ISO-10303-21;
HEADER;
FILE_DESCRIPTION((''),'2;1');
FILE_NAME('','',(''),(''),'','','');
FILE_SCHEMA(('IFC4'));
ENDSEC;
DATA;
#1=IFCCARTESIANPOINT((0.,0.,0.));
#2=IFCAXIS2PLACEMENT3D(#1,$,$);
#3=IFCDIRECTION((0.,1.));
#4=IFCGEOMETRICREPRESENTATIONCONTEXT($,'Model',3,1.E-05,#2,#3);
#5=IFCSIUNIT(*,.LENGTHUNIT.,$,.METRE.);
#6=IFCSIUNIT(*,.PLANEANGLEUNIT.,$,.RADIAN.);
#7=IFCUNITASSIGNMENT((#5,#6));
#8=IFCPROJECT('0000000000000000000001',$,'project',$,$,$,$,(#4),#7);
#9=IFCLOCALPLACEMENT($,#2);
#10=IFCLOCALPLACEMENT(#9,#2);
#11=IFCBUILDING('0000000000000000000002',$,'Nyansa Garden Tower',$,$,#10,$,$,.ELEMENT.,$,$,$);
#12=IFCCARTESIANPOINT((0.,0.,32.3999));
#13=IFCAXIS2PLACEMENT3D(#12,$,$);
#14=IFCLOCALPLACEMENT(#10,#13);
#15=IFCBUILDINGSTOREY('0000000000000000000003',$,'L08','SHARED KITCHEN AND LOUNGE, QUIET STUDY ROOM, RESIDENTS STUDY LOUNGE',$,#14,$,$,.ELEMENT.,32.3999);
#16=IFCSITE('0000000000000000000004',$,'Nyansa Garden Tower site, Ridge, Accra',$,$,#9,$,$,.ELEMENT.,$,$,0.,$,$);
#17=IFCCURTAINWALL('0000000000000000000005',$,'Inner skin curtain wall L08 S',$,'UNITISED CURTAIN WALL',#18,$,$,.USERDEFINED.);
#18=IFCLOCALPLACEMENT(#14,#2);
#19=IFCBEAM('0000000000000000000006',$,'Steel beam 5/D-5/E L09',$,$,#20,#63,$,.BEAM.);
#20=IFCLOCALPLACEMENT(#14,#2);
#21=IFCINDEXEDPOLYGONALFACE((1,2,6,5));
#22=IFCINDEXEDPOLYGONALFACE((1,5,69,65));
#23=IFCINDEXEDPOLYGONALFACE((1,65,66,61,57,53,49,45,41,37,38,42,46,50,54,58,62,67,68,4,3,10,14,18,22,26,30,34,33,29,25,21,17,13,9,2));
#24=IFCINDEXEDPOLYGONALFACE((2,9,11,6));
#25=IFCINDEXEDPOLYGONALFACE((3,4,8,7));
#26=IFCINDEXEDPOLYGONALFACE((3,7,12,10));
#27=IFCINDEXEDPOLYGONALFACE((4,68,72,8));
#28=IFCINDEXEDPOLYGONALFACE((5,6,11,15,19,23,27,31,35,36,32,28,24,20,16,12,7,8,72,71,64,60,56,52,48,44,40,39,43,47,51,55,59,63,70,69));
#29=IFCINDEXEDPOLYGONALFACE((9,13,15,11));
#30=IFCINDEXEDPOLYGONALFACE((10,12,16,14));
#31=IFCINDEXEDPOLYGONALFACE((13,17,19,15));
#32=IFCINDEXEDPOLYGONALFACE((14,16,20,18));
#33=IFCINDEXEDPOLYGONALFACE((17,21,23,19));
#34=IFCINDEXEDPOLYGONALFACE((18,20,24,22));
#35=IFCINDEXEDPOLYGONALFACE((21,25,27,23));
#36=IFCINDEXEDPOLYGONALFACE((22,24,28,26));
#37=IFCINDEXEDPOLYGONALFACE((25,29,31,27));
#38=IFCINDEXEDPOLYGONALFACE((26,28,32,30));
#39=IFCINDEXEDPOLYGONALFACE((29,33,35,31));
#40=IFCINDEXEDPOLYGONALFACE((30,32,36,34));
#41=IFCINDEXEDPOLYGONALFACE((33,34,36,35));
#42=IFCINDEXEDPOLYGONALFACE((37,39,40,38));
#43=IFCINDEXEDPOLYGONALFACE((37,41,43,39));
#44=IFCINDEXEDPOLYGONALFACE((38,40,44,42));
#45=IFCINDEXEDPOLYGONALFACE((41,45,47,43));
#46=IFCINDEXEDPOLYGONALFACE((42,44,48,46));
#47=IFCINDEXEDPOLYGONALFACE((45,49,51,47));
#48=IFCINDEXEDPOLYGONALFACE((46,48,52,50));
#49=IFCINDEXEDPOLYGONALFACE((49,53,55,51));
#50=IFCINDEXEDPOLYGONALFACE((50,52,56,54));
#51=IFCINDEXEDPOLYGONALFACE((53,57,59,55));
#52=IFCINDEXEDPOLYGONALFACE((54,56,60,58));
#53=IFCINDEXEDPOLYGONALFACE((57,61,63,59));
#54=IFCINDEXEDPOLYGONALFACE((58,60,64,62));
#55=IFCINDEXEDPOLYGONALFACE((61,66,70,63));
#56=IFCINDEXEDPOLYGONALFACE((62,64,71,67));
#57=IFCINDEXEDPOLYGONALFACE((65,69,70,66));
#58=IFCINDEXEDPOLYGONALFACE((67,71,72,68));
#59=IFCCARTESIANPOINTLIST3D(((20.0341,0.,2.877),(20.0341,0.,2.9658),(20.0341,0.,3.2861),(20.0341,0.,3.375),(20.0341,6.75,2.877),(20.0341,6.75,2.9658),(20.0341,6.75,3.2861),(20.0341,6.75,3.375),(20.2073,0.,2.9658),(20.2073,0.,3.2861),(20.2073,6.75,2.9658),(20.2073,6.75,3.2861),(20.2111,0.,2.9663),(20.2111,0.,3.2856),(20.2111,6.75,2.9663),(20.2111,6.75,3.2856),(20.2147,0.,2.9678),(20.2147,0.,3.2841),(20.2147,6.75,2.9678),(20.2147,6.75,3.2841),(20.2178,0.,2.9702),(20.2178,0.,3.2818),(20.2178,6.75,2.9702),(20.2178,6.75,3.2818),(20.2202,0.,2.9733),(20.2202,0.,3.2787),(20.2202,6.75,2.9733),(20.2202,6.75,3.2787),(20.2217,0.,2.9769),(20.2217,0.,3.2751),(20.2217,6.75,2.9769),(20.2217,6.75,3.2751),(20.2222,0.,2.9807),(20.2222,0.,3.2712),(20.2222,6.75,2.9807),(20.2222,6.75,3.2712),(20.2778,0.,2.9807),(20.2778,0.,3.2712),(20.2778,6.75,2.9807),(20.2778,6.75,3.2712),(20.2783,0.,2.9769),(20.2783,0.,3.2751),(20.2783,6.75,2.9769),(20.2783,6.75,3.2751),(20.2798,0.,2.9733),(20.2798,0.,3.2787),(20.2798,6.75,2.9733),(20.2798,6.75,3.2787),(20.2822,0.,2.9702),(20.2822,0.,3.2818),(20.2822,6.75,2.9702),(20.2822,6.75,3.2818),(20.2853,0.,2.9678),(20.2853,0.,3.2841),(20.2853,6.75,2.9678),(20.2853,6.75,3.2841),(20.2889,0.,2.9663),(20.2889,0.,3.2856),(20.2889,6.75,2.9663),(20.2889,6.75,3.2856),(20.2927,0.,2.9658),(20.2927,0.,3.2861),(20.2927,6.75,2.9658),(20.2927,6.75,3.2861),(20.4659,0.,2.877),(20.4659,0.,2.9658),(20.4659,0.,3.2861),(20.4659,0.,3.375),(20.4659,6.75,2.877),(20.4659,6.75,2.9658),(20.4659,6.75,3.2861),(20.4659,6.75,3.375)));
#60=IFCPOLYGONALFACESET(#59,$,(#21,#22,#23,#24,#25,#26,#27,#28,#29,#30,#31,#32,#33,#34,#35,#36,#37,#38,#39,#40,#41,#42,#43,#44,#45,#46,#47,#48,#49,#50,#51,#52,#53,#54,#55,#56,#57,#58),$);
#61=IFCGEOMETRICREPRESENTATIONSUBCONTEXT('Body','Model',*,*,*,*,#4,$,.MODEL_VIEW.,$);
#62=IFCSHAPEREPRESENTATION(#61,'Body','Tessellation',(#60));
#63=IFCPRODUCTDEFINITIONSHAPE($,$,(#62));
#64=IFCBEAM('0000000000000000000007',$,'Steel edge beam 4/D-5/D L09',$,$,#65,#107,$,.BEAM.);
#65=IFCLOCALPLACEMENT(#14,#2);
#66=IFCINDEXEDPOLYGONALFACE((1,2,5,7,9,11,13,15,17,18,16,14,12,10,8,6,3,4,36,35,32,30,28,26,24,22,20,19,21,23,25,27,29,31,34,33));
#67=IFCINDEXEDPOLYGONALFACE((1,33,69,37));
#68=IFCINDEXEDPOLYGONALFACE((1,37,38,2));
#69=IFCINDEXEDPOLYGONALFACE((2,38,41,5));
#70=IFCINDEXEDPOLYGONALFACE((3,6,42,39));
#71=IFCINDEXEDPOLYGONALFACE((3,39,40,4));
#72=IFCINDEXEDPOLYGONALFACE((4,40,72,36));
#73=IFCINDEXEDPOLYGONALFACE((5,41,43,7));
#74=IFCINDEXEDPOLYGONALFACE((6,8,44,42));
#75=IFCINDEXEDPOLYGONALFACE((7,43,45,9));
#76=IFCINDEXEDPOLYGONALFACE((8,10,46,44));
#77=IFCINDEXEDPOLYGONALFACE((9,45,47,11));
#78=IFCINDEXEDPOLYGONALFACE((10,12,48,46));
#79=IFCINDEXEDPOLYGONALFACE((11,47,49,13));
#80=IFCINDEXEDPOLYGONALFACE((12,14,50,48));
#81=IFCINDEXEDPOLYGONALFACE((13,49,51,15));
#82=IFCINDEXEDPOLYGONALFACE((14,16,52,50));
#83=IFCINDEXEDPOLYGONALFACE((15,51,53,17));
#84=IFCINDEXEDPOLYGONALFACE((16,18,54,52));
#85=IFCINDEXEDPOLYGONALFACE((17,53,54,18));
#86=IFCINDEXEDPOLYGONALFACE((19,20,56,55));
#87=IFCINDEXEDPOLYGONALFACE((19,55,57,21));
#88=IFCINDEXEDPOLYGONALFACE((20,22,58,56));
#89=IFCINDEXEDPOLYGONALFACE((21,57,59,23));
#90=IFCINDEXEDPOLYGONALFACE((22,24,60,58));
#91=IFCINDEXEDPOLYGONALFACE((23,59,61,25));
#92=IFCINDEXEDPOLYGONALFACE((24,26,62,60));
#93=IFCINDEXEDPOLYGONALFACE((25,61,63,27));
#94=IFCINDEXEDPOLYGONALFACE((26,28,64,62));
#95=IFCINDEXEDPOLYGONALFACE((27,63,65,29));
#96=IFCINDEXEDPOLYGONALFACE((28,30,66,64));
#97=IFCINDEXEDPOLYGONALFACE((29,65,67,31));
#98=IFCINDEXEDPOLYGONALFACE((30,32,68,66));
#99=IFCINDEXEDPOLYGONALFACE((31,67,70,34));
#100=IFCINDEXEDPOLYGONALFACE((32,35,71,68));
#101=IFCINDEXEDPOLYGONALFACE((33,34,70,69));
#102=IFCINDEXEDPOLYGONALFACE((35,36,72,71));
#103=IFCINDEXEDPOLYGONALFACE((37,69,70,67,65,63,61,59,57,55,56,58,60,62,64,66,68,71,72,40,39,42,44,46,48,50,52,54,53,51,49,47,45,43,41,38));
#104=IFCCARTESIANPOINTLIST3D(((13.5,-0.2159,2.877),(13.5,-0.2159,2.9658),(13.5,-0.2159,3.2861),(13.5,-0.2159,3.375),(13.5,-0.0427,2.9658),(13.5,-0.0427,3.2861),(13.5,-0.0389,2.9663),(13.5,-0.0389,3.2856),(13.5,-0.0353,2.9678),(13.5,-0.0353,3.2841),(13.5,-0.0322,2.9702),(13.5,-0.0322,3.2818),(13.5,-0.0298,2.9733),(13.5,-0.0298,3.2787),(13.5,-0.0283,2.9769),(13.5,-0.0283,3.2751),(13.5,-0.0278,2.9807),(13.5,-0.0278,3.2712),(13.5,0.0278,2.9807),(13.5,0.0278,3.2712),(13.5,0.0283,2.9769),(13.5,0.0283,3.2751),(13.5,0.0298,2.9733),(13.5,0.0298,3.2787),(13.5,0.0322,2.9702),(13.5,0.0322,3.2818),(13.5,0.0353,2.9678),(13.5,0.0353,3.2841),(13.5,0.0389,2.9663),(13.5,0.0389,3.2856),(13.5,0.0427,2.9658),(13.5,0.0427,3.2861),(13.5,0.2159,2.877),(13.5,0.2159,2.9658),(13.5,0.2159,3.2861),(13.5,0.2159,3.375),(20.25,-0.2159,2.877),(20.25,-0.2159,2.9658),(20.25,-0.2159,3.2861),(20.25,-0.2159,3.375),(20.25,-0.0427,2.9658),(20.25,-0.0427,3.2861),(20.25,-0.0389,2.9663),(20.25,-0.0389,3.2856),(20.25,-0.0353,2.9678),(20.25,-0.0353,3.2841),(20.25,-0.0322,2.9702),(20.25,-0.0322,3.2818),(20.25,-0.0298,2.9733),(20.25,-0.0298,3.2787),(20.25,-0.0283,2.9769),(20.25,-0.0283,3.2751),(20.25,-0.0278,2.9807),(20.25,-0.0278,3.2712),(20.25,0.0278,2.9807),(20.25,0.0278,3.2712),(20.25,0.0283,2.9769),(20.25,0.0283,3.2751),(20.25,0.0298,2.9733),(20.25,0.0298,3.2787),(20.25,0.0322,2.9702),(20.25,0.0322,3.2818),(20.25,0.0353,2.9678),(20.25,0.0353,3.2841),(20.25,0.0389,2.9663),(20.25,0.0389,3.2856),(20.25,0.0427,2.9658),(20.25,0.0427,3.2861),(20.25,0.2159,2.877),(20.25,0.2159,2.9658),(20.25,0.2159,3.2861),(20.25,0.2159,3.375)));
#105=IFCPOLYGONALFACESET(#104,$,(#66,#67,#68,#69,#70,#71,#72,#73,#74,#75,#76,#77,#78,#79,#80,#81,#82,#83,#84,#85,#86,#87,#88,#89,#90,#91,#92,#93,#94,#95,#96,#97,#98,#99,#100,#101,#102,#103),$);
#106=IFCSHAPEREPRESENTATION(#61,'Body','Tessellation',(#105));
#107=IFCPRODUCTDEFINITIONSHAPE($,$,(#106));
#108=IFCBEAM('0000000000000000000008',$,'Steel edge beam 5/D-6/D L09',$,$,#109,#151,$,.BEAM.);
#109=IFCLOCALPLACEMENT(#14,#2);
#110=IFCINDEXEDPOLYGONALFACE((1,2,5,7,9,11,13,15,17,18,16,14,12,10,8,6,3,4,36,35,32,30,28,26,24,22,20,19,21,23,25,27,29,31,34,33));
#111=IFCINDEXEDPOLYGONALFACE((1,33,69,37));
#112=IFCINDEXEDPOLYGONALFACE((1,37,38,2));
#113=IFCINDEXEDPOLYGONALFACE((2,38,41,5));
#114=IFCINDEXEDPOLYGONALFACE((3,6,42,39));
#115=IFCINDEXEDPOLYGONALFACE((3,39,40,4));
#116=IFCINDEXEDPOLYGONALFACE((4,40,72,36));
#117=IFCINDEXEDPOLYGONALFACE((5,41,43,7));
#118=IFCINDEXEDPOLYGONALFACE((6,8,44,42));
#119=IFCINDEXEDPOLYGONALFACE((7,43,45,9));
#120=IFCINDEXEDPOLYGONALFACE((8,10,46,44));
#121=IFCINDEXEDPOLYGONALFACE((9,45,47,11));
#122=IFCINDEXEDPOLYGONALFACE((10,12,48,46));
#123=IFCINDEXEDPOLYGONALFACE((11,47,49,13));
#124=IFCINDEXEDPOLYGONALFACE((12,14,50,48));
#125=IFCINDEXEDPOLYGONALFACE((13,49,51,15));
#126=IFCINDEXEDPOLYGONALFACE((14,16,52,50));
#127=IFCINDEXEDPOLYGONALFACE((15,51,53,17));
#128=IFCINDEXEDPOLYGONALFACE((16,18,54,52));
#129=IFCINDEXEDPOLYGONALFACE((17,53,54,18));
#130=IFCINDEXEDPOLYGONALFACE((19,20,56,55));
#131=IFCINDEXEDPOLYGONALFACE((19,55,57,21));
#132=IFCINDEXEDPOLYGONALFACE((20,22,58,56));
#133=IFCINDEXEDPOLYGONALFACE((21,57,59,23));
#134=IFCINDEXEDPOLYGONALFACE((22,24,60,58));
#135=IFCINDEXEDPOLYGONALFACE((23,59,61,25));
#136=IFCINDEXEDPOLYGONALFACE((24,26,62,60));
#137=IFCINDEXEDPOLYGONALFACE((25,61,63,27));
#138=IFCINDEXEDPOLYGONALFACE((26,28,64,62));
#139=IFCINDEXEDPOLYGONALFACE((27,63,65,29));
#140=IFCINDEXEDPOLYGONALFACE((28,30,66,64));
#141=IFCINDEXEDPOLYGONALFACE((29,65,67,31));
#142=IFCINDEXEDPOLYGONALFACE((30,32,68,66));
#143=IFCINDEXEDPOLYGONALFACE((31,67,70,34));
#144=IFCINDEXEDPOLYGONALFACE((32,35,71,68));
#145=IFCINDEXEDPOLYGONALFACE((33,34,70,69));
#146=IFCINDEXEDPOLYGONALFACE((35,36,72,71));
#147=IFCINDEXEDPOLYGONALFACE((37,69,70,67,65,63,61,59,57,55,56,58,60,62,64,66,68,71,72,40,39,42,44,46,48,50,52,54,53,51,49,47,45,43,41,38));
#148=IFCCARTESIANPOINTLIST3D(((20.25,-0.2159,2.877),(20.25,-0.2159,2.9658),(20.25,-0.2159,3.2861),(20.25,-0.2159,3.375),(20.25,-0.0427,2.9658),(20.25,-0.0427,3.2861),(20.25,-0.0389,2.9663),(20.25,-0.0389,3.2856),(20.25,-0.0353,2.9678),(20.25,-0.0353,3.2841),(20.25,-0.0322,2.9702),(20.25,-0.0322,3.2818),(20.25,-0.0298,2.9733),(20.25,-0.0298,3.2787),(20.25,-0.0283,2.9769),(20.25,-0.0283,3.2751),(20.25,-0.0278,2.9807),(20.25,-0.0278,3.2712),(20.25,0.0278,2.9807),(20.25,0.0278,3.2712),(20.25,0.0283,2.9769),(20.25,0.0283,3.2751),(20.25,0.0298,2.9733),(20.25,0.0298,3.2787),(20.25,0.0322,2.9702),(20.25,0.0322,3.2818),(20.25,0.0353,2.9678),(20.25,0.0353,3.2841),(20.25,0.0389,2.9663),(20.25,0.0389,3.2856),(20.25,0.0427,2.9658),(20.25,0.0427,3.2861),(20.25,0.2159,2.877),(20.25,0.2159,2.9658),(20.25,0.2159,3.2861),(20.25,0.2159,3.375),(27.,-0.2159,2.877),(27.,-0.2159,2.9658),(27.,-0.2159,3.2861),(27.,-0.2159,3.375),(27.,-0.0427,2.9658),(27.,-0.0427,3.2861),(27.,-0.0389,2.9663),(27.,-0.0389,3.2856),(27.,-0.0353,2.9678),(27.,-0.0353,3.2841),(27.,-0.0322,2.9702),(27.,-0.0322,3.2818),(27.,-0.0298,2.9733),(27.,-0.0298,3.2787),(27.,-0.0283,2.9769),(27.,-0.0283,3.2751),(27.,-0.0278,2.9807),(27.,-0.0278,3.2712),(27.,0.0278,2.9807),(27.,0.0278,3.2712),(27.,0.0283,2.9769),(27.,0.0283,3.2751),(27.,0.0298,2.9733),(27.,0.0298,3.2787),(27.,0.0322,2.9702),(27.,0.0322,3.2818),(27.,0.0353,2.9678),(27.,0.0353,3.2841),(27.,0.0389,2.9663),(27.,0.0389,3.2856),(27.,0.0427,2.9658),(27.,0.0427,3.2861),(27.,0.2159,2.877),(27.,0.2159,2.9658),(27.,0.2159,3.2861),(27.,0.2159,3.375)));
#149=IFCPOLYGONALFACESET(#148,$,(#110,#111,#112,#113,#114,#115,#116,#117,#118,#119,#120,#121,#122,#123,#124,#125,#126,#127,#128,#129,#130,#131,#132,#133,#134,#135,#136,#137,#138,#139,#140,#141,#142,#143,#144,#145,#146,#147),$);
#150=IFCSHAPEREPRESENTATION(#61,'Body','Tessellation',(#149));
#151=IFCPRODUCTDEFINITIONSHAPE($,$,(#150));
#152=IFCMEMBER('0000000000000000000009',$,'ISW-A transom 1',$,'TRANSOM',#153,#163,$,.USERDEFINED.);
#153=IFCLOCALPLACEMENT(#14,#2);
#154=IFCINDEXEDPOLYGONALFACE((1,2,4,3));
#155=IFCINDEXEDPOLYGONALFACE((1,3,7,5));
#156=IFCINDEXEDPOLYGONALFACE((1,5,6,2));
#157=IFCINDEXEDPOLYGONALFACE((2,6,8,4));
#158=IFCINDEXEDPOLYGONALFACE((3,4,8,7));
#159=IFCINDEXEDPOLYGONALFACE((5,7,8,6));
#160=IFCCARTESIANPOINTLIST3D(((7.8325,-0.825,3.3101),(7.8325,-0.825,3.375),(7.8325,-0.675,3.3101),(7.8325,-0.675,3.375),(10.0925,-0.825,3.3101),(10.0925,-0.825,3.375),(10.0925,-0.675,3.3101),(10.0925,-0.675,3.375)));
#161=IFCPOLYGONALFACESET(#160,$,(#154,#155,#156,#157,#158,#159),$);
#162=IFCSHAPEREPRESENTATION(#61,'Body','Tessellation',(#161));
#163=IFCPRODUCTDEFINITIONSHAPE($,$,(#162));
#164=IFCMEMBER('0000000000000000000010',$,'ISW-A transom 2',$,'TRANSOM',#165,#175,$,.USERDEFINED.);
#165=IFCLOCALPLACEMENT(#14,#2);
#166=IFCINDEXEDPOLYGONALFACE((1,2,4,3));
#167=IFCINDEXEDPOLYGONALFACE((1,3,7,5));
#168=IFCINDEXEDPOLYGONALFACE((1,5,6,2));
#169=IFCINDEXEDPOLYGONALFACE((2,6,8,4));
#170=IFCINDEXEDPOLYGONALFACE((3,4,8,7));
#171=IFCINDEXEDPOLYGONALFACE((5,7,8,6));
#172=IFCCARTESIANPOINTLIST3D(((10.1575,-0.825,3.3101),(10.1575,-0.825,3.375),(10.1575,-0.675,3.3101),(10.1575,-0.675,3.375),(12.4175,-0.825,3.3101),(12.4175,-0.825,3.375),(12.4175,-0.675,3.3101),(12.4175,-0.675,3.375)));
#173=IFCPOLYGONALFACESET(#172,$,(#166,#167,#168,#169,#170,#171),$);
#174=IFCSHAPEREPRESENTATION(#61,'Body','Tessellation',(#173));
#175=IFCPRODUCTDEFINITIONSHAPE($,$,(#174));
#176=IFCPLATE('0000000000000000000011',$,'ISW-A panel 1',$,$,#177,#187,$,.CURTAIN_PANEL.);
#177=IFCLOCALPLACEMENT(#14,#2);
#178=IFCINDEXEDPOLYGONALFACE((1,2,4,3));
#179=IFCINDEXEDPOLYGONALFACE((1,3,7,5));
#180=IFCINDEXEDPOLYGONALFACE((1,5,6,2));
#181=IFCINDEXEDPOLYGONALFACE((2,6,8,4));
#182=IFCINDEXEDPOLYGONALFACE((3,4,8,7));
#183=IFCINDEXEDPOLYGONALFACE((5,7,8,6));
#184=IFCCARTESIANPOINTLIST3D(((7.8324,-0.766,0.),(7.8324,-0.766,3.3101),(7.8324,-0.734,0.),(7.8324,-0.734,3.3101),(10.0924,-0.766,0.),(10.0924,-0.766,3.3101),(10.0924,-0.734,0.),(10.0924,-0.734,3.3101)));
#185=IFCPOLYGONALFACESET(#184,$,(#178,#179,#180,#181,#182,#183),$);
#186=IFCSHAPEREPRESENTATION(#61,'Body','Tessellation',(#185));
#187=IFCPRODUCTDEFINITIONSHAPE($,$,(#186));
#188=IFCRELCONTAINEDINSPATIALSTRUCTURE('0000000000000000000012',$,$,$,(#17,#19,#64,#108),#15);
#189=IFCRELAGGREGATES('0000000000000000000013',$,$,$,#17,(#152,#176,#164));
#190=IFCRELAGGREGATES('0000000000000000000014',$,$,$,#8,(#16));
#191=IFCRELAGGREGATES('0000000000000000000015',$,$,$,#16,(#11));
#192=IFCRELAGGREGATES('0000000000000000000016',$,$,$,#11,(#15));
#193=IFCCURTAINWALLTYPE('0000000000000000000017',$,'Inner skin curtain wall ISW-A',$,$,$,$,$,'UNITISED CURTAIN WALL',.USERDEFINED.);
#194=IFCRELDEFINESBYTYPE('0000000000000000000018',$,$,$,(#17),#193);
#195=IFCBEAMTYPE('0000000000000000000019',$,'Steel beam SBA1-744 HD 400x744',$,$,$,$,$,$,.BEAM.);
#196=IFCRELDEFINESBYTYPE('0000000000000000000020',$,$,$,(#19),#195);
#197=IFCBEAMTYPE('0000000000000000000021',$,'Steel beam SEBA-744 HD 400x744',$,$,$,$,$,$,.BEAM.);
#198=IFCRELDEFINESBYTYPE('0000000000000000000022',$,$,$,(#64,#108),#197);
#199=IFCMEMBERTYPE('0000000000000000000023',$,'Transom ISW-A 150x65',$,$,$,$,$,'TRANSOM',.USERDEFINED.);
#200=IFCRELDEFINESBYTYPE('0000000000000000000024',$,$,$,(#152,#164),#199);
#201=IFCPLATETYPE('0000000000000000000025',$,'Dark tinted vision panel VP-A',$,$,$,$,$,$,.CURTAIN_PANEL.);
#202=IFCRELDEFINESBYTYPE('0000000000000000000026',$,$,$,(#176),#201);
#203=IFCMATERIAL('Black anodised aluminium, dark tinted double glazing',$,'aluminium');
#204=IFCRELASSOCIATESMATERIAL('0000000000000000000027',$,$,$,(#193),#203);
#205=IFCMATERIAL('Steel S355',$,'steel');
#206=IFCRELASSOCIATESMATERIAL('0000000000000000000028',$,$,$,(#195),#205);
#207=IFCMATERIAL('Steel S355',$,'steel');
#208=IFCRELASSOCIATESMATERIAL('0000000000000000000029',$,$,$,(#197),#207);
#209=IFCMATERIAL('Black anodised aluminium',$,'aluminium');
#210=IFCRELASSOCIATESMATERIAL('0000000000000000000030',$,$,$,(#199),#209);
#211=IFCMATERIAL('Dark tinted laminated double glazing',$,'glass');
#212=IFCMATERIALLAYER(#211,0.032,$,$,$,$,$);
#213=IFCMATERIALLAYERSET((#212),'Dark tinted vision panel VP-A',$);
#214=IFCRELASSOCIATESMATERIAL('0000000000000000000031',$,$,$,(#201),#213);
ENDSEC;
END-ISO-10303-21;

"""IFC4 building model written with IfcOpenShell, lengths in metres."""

from ifc_helpers import new_model, si_unit, direction, frame, origin, origin_2d, place, context, subcontext, project, spatial, rectangle, i_section, extrude, material, layer, layer_set, material_profile, profile_set, type_object, element, aggregate, save


model = new_model("IFC4")

# Units and contexts
model_context = context("Model", 3, precision=1e-05, world=origin(), true_north=direction((0.0, 1.0)))
body_context = subcontext(model_context, "Body", "Model", "MODEL_VIEW")
ifc_project = project(units=[si_unit("LENGTHUNIT", "METRE"), si_unit("PLANEANGLEUNIT", "RADIAN")], contexts=[model_context])

# Site, building, storey
site_placement = place(None, origin())
site = spatial("IfcSite", under=ifc_project, at=site_placement, Name="Nyansa Garden Tower site, Ridge, Accra", CompositionType="ELEMENT", RefElevation=0.0)
building_placement = place(site_placement, origin())
building = spatial("IfcBuilding", under=site, at=building_placement, Name="Nyansa Garden Tower", CompositionType="ELEMENT")
storey_placement = place(building_placement, frame((0.0, 0.0, 32.3999)))
storey = spatial("IfcBuildingStorey", under=building, at=storey_placement, Name="L08", Description="SHARED KITCHEN AND LOUNGE, QUIET STUDY ROOM, RESIDENTS STUDY LOUNGE", CompositionType="ELEMENT", Elevation=32.3999)

# Curtain wall
ifc_material_1 = material(Name="Black anodised aluminium, dark tinted double glazing", Category="aluminium")
curtain_wall_type = type_object("IfcCurtainWallType", Name="Inner skin curtain wall ISW-A", ElementType="UNITISED CURTAIN WALL", PredefinedType="USERDEFINED", material=ifc_material_1)
curtain_wall_placement = place(storey_placement, origin())
curtain_wall = element("IfcCurtainWall", 1, at=curtain_wall_placement, inside=storey, type_object=curtain_wall_type, Name="Inner skin curtain wall L08 S", ObjectType="UNITISED CURTAIN WALL", PredefinedType="USERDEFINED")

# Beams
ifc_material_2 = material(Name="Steel S355", Category="steel")
ifc_material_profile_1 = material_profile(ifc_material_2, i_section(OverallWidth=0.4319, OverallDepth=0.498, WebThickness=0.0557, FlangeThickness=0.0889, FilletRadius=0.0149, at=origin_2d()), Name="HD 400x744")
ifc_profile_set_1 = profile_set([ifc_material_profile_1], Name="Steel S355")
beam_type_1 = type_object("IfcBeamType", Name="Steel beam SBA1-744 HD 400x744", PredefinedType="BEAM", material=ifc_profile_set_1)
for number, where, z_axis, x_axis, name in (
    (2, (20.25, 0.0, 3.126), (0.0, 1.0, 0.0), (-1.0, 0.0, 0.0), "Steel beam 5/D-5/E L09"),
):
    element("IfcBeam", number, at=place(storey_placement, frame(where, z_axis=z_axis, x_axis=x_axis)), inside=storey, type_object=beam_type_1, Name=name, PredefinedType="BEAM", context=body_context, shape_type="SweptSolid", body=[
        extrude(i_section(OverallWidth=0.4319, OverallDepth=0.498, WebThickness=0.0557, FlangeThickness=0.0889, FilletRadius=0.0149, at=origin_2d()), origin(), (0.0, 0.0, 1.0), 6.75),
    ])
ifc_material_3 = material(Name="Steel S355", Category="steel")
ifc_material_profile_2 = material_profile(ifc_material_3, i_section(OverallWidth=0.4319, OverallDepth=0.498, WebThickness=0.0557, FlangeThickness=0.0889, FilletRadius=0.0149, at=origin_2d()), Name="HD 400x744")
ifc_profile_set_2 = profile_set([ifc_material_profile_2], Name="Steel S355")
beam_type_2 = type_object("IfcBeamType", Name="Steel beam SEBA-744 HD 400x744", PredefinedType="BEAM", material=ifc_profile_set_2)
for number, where, z_axis, x_axis, name in (
    (3, (13.5, 0.0, 3.126), (1.0, 0.0, 0.0), (0.0, 1.0, 0.0), "Steel edge beam 4/D-5/D L09"),
    (4, (20.25, 0.0, 3.126), (1.0, 0.0, 0.0), (0.0, 1.0, 0.0), "Steel edge beam 5/D-6/D L09"),
):
    element("IfcBeam", number, at=place(storey_placement, frame(where, z_axis=z_axis, x_axis=x_axis)), inside=storey, type_object=beam_type_2, Name=name, PredefinedType="BEAM", context=body_context, shape_type="SweptSolid", body=[
        extrude(i_section(OverallWidth=0.4319, OverallDepth=0.498, WebThickness=0.0557, FlangeThickness=0.0889, FilletRadius=0.0149, at=origin_2d()), origin(), (0.0, 0.0, 1.0), 6.75),
    ])

# Members
ifc_material_4 = material(Name="Black anodised aluminium", Category="aluminium")
ifc_material_profile_3 = material_profile(ifc_material_4, rectangle(XDim=0.1499, YDim=0.0649, at=origin_2d()), Name="Transom 150x65")
ifc_profile_set_3 = profile_set([ifc_material_profile_3], Name="Black anodised aluminium")
member_type_1 = type_object("IfcMemberType", Name="Transom ISW-A 150x65", ElementType="TRANSOM", PredefinedType="USERDEFINED", material=ifc_profile_set_3)
member_1_placement = place(storey_placement, frame((7.8325, -0.75, 3.3425), z_axis=(1.0, 0.0, 0.0), x_axis=(0.0, 1.0, 0.0)))
member_1 = element("IfcMember", 5, at=member_1_placement, type_object=member_type_1, Name="ISW-A transom 1", ObjectType="TRANSOM", PredefinedType="USERDEFINED", context=body_context, shape_type="SweptSolid", body=[
    extrude(rectangle(XDim=0.1499, YDim=0.0649, at=origin_2d()), origin(), (0.0, 0.0, 1.0), 2.26),
])
member_2_placement = place(storey_placement, frame((10.1575, -0.75, 3.3425), z_axis=(1.0, 0.0, 0.0), x_axis=(0.0, 1.0, 0.0)))
member_2 = element("IfcMember", 6, at=member_2_placement, type_object=member_type_1, Name="ISW-A transom 2", ObjectType="TRANSOM", PredefinedType="USERDEFINED", context=body_context, shape_type="SweptSolid", body=[
    extrude(rectangle(XDim=0.1499, YDim=0.0649, at=origin_2d()), origin(), (0.0, 0.0, 1.0), 2.26),
])

# Plate
ifc_material_5 = material(Name="Dark tinted laminated double glazing", Category="glass")
ifc_layer_1 = layer(ifc_material_5, 0.032)
ifc_layer_set_1 = layer_set([ifc_layer_1], Name="Dark tinted vision panel VP-A")
plate_type = type_object("IfcPlateType", Name="Dark tinted vision panel VP-A", PredefinedType="CURTAIN_PANEL", material=ifc_layer_set_1)
plate_1_placement = place(storey_placement, frame((8.9624, -0.75, 0.0), z_axis=(0.0, 0.0, 1.0), x_axis=(1.0, 0.0, 0.0)))
plate_1 = element("IfcPlate", 7, at=plate_1_placement, type_object=plate_type, Name="ISW-A panel 1", PredefinedType="CURTAIN_PANEL", context=body_context, shape_type="SweptSolid", body=[
    extrude(rectangle(XDim=2.26, YDim=0.032, at=origin_2d()), origin(), (0.0, 0.0, 1.0), 3.3101),
])
aggregate(curtain_wall, [member_1, plate_1, member_2])

save(model, "model.ifc")
